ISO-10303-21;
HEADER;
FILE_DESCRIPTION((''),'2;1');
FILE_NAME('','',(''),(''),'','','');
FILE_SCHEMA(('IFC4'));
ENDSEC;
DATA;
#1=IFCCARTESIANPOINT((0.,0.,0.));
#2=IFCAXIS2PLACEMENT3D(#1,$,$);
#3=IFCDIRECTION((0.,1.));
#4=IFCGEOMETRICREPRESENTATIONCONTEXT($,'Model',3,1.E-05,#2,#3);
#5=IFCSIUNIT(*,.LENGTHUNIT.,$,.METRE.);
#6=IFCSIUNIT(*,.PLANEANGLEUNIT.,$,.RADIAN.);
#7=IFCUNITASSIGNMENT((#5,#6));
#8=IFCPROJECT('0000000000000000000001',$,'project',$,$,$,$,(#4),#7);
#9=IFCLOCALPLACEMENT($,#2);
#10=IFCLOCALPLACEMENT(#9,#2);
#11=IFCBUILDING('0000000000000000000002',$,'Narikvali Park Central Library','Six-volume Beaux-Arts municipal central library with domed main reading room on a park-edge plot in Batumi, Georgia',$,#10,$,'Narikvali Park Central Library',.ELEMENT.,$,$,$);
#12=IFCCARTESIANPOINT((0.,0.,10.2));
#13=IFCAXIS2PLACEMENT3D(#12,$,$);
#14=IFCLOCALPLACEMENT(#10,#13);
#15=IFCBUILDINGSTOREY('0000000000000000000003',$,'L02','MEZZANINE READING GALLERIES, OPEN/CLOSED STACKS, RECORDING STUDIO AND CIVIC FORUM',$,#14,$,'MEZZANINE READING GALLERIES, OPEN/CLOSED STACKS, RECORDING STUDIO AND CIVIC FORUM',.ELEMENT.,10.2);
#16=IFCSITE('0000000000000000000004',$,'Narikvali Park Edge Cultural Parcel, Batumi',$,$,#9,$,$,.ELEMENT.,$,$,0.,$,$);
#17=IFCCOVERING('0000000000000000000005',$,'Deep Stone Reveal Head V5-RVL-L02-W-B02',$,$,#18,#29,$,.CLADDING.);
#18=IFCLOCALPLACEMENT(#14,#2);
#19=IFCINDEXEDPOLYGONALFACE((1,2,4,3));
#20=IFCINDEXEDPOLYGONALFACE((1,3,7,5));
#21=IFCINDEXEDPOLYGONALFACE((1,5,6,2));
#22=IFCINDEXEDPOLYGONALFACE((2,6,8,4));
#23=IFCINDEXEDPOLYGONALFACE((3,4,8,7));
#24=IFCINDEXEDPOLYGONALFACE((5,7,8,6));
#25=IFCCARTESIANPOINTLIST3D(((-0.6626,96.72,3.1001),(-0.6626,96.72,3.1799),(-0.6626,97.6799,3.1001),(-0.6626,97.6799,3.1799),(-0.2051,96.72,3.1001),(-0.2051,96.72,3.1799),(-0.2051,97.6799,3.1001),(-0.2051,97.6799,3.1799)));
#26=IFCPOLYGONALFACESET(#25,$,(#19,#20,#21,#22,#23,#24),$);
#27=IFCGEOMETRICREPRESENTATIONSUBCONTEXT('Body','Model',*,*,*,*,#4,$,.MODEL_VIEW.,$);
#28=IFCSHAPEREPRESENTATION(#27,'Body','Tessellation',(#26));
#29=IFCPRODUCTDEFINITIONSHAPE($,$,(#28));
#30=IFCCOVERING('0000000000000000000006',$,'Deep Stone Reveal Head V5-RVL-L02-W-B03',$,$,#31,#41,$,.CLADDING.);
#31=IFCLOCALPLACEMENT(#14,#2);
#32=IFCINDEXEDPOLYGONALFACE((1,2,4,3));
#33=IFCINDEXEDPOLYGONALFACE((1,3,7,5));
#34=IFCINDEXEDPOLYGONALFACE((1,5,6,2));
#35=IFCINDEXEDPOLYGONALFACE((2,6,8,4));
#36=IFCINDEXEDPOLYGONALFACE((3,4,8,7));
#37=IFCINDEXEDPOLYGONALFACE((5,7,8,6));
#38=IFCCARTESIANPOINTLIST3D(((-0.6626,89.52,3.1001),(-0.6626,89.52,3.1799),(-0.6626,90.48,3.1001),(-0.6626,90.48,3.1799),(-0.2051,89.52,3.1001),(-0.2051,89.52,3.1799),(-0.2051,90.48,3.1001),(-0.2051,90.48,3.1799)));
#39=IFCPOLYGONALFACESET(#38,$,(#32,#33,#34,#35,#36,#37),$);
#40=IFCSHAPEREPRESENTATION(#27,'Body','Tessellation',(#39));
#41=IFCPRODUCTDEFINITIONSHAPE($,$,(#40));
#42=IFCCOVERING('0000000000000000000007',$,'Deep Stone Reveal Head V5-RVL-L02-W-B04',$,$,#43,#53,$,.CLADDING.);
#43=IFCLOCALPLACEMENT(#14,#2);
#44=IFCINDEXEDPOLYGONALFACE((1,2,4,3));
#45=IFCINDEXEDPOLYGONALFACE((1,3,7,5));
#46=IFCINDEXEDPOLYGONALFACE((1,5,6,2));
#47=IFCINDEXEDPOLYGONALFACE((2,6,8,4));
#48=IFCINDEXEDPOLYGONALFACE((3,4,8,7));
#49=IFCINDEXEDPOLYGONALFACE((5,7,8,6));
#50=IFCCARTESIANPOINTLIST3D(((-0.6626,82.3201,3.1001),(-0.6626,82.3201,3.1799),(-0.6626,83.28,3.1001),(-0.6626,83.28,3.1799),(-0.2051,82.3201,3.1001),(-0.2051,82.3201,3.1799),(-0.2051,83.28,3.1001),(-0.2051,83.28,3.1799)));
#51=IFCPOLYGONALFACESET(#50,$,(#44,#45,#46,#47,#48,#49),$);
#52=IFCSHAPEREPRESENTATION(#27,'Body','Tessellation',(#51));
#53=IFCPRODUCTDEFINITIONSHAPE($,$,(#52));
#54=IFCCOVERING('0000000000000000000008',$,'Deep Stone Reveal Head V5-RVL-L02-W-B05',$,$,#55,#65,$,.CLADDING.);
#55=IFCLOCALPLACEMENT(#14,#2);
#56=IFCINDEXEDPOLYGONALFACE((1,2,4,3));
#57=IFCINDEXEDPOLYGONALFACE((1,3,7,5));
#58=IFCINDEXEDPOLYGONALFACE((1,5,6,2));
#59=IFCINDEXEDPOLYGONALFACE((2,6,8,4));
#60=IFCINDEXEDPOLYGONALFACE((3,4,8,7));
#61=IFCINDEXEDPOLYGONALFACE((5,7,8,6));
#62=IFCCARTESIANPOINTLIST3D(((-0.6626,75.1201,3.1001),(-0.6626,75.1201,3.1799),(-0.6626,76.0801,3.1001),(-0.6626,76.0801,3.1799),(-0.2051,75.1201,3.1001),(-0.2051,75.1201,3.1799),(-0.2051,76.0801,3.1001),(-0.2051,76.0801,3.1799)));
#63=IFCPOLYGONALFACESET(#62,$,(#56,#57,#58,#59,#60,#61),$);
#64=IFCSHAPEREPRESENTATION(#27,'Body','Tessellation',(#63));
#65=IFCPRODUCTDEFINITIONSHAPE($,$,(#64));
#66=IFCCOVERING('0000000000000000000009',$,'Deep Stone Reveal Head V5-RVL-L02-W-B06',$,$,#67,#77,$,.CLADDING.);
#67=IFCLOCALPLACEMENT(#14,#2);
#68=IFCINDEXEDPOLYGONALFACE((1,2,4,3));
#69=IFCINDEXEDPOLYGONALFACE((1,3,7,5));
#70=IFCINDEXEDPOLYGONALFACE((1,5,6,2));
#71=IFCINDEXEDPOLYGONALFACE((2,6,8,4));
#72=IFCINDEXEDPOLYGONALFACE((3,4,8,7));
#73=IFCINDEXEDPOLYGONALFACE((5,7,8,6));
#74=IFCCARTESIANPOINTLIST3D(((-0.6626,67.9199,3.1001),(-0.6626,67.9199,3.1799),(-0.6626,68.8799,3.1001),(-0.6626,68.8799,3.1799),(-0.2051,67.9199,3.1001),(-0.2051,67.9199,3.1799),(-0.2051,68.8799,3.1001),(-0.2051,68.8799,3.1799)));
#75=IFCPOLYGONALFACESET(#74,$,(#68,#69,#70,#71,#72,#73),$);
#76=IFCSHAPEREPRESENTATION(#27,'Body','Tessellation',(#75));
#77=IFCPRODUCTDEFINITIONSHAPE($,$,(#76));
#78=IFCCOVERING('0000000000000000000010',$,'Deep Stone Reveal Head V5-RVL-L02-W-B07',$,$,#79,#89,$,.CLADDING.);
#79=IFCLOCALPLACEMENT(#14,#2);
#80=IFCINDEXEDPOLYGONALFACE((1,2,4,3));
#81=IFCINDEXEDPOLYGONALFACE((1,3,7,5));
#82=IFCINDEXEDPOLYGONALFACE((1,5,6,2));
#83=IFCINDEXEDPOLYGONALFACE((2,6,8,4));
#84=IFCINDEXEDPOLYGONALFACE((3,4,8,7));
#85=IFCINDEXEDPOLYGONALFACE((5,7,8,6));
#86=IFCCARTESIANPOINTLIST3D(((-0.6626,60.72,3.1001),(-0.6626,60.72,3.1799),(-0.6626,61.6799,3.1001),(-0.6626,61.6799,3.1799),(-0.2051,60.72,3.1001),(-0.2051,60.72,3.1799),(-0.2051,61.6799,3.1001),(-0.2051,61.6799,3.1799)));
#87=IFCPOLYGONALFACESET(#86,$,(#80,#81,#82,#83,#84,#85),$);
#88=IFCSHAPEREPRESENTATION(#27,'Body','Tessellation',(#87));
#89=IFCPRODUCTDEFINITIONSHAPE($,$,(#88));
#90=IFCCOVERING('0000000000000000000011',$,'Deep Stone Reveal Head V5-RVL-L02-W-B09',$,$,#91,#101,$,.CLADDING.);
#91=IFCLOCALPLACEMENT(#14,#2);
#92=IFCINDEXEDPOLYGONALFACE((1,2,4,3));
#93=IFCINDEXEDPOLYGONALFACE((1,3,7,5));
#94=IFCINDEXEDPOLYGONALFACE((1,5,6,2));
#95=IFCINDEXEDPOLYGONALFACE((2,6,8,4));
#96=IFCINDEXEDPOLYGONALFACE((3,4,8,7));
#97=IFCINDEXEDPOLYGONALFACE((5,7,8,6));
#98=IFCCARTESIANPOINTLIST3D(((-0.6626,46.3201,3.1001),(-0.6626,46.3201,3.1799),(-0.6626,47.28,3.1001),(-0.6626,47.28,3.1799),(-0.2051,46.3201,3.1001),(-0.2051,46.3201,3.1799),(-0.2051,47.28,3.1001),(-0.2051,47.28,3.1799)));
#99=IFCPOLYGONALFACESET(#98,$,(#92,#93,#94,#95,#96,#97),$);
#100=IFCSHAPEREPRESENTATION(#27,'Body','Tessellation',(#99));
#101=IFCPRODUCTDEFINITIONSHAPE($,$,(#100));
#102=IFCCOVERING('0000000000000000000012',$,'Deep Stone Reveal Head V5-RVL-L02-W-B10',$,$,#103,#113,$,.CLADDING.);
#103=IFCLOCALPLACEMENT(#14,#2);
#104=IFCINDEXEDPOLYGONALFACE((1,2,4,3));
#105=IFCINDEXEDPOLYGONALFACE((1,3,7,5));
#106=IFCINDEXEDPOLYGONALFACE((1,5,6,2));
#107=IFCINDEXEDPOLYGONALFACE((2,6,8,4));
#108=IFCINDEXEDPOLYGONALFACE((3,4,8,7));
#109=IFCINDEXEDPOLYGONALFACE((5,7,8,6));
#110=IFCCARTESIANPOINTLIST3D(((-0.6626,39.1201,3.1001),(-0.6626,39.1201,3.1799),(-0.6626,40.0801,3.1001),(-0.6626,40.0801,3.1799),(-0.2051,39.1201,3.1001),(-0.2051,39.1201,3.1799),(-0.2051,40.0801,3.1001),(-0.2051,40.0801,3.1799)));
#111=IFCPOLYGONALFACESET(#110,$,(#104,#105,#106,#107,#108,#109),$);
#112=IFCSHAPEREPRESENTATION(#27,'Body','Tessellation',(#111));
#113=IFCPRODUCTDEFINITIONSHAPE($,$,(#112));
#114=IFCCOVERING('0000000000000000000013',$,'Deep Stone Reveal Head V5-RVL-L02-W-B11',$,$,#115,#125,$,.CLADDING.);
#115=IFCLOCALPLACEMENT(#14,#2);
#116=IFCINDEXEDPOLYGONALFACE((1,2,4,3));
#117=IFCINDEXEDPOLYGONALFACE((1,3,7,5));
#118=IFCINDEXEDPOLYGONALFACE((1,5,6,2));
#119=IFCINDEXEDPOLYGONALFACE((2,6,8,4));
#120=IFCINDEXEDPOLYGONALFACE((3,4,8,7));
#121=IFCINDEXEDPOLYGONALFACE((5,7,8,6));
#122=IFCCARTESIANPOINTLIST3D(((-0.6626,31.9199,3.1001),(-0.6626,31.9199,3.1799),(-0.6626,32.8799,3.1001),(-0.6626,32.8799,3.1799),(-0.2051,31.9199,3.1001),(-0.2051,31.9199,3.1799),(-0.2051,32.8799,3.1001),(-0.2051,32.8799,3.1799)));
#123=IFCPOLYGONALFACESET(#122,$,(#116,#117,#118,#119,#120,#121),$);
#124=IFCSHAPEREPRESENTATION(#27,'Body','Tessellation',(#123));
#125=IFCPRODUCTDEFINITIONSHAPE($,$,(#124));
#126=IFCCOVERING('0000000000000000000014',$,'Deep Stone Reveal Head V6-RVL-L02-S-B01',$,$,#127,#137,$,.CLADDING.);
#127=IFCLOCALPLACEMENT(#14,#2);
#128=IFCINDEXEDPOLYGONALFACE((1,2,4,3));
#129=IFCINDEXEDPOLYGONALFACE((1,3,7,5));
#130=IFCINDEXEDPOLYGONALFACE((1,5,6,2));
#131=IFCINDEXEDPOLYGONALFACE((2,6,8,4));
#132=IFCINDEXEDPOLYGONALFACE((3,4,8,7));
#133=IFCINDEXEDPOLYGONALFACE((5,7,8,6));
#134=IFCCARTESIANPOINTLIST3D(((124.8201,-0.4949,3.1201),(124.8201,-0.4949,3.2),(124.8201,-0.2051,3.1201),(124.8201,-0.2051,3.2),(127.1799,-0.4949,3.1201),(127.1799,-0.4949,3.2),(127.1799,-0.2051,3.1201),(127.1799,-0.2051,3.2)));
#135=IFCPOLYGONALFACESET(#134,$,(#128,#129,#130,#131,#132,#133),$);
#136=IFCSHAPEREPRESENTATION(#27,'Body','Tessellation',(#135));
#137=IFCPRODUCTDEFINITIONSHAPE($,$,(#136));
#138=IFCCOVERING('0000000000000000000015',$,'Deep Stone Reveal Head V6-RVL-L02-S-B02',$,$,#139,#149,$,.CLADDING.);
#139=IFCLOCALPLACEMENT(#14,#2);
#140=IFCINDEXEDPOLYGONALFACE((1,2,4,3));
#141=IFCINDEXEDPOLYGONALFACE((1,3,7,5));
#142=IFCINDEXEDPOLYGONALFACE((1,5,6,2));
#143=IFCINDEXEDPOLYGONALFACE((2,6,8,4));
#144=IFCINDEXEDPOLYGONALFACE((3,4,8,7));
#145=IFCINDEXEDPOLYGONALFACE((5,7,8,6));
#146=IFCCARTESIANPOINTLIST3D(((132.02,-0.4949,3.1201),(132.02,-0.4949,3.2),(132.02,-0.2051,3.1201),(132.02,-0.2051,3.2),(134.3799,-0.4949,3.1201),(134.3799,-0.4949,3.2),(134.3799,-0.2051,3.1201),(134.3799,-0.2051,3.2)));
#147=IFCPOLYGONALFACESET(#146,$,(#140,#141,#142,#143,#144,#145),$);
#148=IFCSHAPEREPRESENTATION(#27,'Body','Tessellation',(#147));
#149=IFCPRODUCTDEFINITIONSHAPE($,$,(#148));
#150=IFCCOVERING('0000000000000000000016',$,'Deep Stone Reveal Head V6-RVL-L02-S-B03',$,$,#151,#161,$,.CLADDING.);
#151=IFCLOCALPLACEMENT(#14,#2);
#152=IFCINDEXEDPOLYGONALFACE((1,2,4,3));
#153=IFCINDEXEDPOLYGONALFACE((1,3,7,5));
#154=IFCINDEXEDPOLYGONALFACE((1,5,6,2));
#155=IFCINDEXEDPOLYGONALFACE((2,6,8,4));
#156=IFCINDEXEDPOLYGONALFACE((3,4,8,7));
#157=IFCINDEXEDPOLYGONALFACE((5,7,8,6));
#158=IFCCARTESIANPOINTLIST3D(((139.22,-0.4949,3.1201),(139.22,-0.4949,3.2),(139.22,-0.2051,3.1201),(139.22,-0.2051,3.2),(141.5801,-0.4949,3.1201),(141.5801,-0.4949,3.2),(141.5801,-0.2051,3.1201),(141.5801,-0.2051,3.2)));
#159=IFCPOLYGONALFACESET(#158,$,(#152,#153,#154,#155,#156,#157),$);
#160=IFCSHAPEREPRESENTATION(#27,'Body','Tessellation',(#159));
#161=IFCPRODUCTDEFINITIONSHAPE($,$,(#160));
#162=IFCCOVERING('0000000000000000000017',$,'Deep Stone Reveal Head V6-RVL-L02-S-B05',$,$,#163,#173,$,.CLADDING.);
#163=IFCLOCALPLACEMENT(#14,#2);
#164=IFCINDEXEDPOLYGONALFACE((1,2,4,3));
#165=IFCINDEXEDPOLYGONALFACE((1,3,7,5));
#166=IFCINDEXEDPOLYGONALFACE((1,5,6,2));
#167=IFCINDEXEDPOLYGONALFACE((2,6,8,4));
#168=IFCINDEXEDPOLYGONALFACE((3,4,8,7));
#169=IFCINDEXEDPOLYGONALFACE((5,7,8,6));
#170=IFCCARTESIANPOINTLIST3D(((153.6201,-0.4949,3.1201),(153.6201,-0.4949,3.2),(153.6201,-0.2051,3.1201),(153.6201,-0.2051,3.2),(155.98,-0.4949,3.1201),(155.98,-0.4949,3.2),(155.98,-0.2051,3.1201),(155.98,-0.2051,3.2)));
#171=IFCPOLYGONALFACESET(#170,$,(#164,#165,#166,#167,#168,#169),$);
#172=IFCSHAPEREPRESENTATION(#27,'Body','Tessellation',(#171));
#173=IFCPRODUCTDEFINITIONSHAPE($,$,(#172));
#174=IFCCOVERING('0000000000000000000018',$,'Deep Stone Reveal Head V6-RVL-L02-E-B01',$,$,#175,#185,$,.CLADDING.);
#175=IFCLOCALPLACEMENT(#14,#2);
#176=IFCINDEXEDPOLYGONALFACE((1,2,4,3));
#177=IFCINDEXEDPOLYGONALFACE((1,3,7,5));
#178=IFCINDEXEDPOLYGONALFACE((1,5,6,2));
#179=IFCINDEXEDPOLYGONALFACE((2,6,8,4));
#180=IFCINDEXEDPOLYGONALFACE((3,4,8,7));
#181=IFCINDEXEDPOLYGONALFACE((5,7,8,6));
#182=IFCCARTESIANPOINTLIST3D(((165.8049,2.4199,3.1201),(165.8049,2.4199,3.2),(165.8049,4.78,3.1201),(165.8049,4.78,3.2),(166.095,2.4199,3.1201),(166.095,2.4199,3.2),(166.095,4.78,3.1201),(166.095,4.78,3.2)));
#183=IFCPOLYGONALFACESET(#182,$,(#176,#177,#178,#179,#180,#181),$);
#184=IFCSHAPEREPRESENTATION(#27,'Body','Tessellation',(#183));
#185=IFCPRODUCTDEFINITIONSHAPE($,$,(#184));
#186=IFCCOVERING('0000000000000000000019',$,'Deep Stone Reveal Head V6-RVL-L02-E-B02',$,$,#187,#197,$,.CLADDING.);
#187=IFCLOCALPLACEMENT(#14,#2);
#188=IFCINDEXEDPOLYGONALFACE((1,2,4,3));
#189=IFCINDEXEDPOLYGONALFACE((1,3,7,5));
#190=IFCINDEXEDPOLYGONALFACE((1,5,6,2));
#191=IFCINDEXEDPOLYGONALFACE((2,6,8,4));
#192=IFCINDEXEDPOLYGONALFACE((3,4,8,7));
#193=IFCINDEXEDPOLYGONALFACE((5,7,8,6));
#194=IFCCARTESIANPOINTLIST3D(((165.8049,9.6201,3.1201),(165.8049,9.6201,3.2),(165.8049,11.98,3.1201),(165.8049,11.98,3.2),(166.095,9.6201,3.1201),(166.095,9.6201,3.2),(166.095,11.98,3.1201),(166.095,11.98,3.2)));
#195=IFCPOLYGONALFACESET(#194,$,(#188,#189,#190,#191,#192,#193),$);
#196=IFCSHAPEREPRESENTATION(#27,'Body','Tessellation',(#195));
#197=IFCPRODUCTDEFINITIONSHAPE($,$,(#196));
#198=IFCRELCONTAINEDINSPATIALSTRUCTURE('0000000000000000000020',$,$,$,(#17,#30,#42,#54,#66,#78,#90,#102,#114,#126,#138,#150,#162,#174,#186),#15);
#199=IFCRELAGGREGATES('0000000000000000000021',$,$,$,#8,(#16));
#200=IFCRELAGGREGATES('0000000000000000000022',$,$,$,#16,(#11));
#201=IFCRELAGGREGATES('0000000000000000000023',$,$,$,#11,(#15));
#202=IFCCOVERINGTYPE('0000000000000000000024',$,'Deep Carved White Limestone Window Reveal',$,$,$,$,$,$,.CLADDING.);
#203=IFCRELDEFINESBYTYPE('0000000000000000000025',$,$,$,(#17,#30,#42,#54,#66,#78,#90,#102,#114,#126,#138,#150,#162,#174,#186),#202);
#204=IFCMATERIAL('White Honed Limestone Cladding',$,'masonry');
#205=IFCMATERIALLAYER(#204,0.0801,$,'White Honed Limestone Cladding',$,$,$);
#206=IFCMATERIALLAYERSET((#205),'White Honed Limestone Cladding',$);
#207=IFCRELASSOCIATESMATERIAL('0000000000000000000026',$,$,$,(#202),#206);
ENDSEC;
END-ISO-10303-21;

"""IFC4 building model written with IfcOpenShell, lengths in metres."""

from ifc_helpers import new_model, si_unit, direction, frame, origin, place, context, subcontext, project, spatial, polyline, outline, extrude, material, layer, layer_set, type_object, element, save


model = new_model("IFC4")

# Units and contexts
model_context = context("Model", 3, precision=1e-05, world=origin(), true_north=direction((0.0, 1.0)))
body_context = subcontext(model_context, "Body", "Model", "MODEL_VIEW")
ifc_project = project(units=[si_unit("LENGTHUNIT", "METRE"), si_unit("PLANEANGLEUNIT", "RADIAN")], contexts=[model_context])

# Site, building, storey
site_placement = place(None, origin())
site = spatial("IfcSite", under=ifc_project, at=site_placement, Name="Narikvali Park Edge Cultural Parcel, Batumi", CompositionType="ELEMENT", RefElevation=0.0)
building_placement = place(site_placement, origin())
building = spatial("IfcBuilding", under=site, at=building_placement, Name="Narikvali Park Central Library", Description="Six-volume Beaux-Arts municipal central library with domed main reading room on a park-edge plot in Batumi, Georgia", LongName="Narikvali Park Central Library", CompositionType="ELEMENT")
storey_placement = place(building_placement, frame((0.0, 0.0, 10.2)))
storey = spatial("IfcBuildingStorey", under=building, at=storey_placement, Name="L02", Description="MEZZANINE READING GALLERIES, OPEN/CLOSED STACKS, RECORDING STUDIO AND CIVIC FORUM", LongName="MEZZANINE READING GALLERIES, OPEN/CLOSED STACKS, RECORDING STUDIO AND CIVIC FORUM", CompositionType="ELEMENT", Elevation=10.2)

# Coverings
ifc_material = material(Name="White Honed Limestone Cladding", Category="masonry")
ifc_layer = layer(ifc_material, 0.0801, Name="White Honed Limestone Cladding")
ifc_layer_set = layer_set([ifc_layer], Name="White Honed Limestone Cladding")
covering_type = type_object("IfcCoveringType", Name="Deep Carved White Limestone Window Reveal", PredefinedType="CLADDING", material=ifc_layer_set)
covering_1_placement = place(storey_placement, frame((0.0, 0.0, 3.1001)))
element("IfcCovering", 1, at=covering_1_placement, inside=storey, type_object=covering_type, Name="Deep Stone Reveal Head V5-RVL-L02-W-B02", PredefinedType="CLADDING", context=body_context, shape_type="SweptSolid", body=[
    extrude(outline(polyline([(-0.2051, 97.6799), (-0.2051, 96.72), (-0.6626, 96.72), (-0.6626, 97.6799), (-0.2051, 97.6799)])), origin(), (0.0, 0.0, 1.0), 0.0798),
])
covering_2_placement = place(storey_placement, frame((0.0, 0.0, 3.1001)))
element("IfcCovering", 2, at=covering_2_placement, inside=storey, type_object=covering_type, Name="Deep Stone Reveal Head V5-RVL-L02-W-B03", PredefinedType="CLADDING", context=body_context, shape_type="SweptSolid", body=[
    extrude(outline(polyline([(-0.2051, 90.48), (-0.2051, 89.52), (-0.6626, 89.52), (-0.6626, 90.48), (-0.2051, 90.48)])), origin(), (0.0, 0.0, 1.0), 0.0798),
])
covering_3_placement = place(storey_placement, frame((0.0, 0.0, 3.1001)))
element("IfcCovering", 3, at=covering_3_placement, inside=storey, type_object=covering_type, Name="Deep Stone Reveal Head V5-RVL-L02-W-B04", PredefinedType="CLADDING", context=body_context, shape_type="SweptSolid", body=[
    extrude(outline(polyline([(-0.2051, 83.28), (-0.2051, 82.3201), (-0.6626, 82.3201), (-0.6626, 83.28), (-0.2051, 83.28)])), origin(), (0.0, 0.0, 1.0), 0.0798),
])
covering_4_placement = place(storey_placement, frame((0.0, 0.0, 3.1001)))
element("IfcCovering", 4, at=covering_4_placement, inside=storey, type_object=covering_type, Name="Deep Stone Reveal Head V5-RVL-L02-W-B05", PredefinedType="CLADDING", context=body_context, shape_type="SweptSolid", body=[
    extrude(outline(polyline([(-0.2051, 76.0801), (-0.2051, 75.1201), (-0.6626, 75.1201), (-0.6626, 76.0801), (-0.2051, 76.0801)])), origin(), (0.0, 0.0, 1.0), 0.0798),
])
covering_5_placement = place(storey_placement, frame((0.0, 0.0, 3.1001)))
element("IfcCovering", 5, at=covering_5_placement, inside=storey, type_object=covering_type, Name="Deep Stone Reveal Head V5-RVL-L02-W-B06", PredefinedType="CLADDING", context=body_context, shape_type="SweptSolid", body=[
    extrude(outline(polyline([(-0.2051, 68.8799), (-0.2051, 67.9199), (-0.6626, 67.9199), (-0.6626, 68.8799), (-0.2051, 68.8799)])), origin(), (0.0, 0.0, 1.0), 0.0798),
])
covering_6_placement = place(storey_placement, frame((0.0, 0.0, 3.1001)))
element("IfcCovering", 6, at=covering_6_placement, inside=storey, type_object=covering_type, Name="Deep Stone Reveal Head V5-RVL-L02-W-B07", PredefinedType="CLADDING", context=body_context, shape_type="SweptSolid", body=[
    extrude(outline(polyline([(-0.2051, 61.6799), (-0.2051, 60.72), (-0.6626, 60.72), (-0.6626, 61.6799), (-0.2051, 61.6799)])), origin(), (0.0, 0.0, 1.0), 0.0798),
])
covering_7_placement = place(storey_placement, frame((0.0, 0.0, 3.1001)))
element("IfcCovering", 7, at=covering_7_placement, inside=storey, type_object=covering_type, Name="Deep Stone Reveal Head V5-RVL-L02-W-B09", PredefinedType="CLADDING", context=body_context, shape_type="SweptSolid", body=[
    extrude(outline(polyline([(-0.2051, 47.28), (-0.2051, 46.3201), (-0.6626, 46.3201), (-0.6626, 47.28), (-0.2051, 47.28)])), origin(), (0.0, 0.0, 1.0), 0.0798),
])
covering_8_placement = place(storey_placement, frame((0.0, 0.0, 3.1001)))
element("IfcCovering", 8, at=covering_8_placement, inside=storey, type_object=covering_type, Name="Deep Stone Reveal Head V5-RVL-L02-W-B10", PredefinedType="CLADDING", context=body_context, shape_type="SweptSolid", body=[
    extrude(outline(polyline([(-0.2051, 40.0801), (-0.2051, 39.1201), (-0.6626, 39.1201), (-0.6626, 40.0801), (-0.2051, 40.0801)])), origin(), (0.0, 0.0, 1.0), 0.0798),
])
covering_9_placement = place(storey_placement, frame((0.0, 0.0, 3.1001)))
element("IfcCovering", 9, at=covering_9_placement, inside=storey, type_object=covering_type, Name="Deep Stone Reveal Head V5-RVL-L02-W-B11", PredefinedType="CLADDING", context=body_context, shape_type="SweptSolid", body=[
    extrude(outline(polyline([(-0.2051, 32.8799), (-0.2051, 31.9199), (-0.6626, 31.9199), (-0.6626, 32.8799), (-0.2051, 32.8799)])), origin(), (0.0, 0.0, 1.0), 0.0798),
])
covering_10_placement = place(storey_placement, frame((0.0, 0.0, 3.1201)))
element("IfcCovering", 10, at=covering_10_placement, inside=storey, type_object=covering_type, Name="Deep Stone Reveal Head V6-RVL-L02-S-B01", PredefinedType="CLADDING", context=body_context, shape_type="SweptSolid", body=[
    extrude(outline(polyline([(124.8201, -0.2051), (127.1799, -0.2051), (127.1799, -0.4949), (124.8201, -0.4949), (124.8201, -0.2051)])), origin(), (0.0, 0.0, 1.0), 0.0798),
])
covering_11_placement = place(storey_placement, frame((0.0, 0.0, 3.1201)))
element("IfcCovering", 11, at=covering_11_placement, inside=storey, type_object=covering_type, Name="Deep Stone Reveal Head V6-RVL-L02-S-B02", PredefinedType="CLADDING", context=body_context, shape_type="SweptSolid", body=[
    extrude(outline(polyline([(132.02, -0.2051), (134.3799, -0.2051), (134.3799, -0.4949), (132.02, -0.4949), (132.02, -0.2051)])), origin(), (0.0, 0.0, 1.0), 0.0798),
])
covering_12_placement = place(storey_placement, frame((0.0, 0.0, 3.1201)))
element("IfcCovering", 12, at=covering_12_placement, inside=storey, type_object=covering_type, Name="Deep Stone Reveal Head V6-RVL-L02-S-B03", PredefinedType="CLADDING", context=body_context, shape_type="SweptSolid", body=[
    extrude(outline(polyline([(139.22, -0.2051), (141.5801, -0.2051), (141.5801, -0.4949), (139.22, -0.4949), (139.22, -0.2051)])), origin(), (0.0, 0.0, 1.0), 0.0798),
])
covering_13_placement = place(storey_placement, frame((0.0, 0.0, 3.1201)))
element("IfcCovering", 13, at=covering_13_placement, inside=storey, type_object=covering_type, Name="Deep Stone Reveal Head V6-RVL-L02-S-B05", PredefinedType="CLADDING", context=body_context, shape_type="SweptSolid", body=[
    extrude(outline(polyline([(153.6201, -0.2051), (155.98, -0.2051), (155.98, -0.4949), (153.6201, -0.4949), (153.6201, -0.2051)])), origin(), (0.0, 0.0, 1.0), 0.0798),
])
covering_14_placement = place(storey_placement, frame((0.0, 0.0, 3.1201)))
element("IfcCovering", 14, at=covering_14_placement, inside=storey, type_object=covering_type, Name="Deep Stone Reveal Head V6-RVL-L02-E-B01", PredefinedType="CLADDING", context=body_context, shape_type="SweptSolid", body=[
    extrude(outline(polyline([(165.8049, 2.4199), (165.8049, 4.78), (166.095, 4.78), (166.095, 2.4199), (165.8049, 2.4199)])), origin(), (0.0, 0.0, 1.0), 0.0798),
])
covering_15_placement = place(storey_placement, frame((0.0, 0.0, 3.1201)))
element("IfcCovering", 15, at=covering_15_placement, inside=storey, type_object=covering_type, Name="Deep Stone Reveal Head V6-RVL-L02-E-B02", PredefinedType="CLADDING", context=body_context, shape_type="SweptSolid", body=[
    extrude(outline(polyline([(165.8049, 9.6201), (165.8049, 11.98), (166.095, 11.98), (166.095, 9.6201), (165.8049, 9.6201)])), origin(), (0.0, 0.0, 1.0), 0.0798),
])

save(model, "model.ifc")
